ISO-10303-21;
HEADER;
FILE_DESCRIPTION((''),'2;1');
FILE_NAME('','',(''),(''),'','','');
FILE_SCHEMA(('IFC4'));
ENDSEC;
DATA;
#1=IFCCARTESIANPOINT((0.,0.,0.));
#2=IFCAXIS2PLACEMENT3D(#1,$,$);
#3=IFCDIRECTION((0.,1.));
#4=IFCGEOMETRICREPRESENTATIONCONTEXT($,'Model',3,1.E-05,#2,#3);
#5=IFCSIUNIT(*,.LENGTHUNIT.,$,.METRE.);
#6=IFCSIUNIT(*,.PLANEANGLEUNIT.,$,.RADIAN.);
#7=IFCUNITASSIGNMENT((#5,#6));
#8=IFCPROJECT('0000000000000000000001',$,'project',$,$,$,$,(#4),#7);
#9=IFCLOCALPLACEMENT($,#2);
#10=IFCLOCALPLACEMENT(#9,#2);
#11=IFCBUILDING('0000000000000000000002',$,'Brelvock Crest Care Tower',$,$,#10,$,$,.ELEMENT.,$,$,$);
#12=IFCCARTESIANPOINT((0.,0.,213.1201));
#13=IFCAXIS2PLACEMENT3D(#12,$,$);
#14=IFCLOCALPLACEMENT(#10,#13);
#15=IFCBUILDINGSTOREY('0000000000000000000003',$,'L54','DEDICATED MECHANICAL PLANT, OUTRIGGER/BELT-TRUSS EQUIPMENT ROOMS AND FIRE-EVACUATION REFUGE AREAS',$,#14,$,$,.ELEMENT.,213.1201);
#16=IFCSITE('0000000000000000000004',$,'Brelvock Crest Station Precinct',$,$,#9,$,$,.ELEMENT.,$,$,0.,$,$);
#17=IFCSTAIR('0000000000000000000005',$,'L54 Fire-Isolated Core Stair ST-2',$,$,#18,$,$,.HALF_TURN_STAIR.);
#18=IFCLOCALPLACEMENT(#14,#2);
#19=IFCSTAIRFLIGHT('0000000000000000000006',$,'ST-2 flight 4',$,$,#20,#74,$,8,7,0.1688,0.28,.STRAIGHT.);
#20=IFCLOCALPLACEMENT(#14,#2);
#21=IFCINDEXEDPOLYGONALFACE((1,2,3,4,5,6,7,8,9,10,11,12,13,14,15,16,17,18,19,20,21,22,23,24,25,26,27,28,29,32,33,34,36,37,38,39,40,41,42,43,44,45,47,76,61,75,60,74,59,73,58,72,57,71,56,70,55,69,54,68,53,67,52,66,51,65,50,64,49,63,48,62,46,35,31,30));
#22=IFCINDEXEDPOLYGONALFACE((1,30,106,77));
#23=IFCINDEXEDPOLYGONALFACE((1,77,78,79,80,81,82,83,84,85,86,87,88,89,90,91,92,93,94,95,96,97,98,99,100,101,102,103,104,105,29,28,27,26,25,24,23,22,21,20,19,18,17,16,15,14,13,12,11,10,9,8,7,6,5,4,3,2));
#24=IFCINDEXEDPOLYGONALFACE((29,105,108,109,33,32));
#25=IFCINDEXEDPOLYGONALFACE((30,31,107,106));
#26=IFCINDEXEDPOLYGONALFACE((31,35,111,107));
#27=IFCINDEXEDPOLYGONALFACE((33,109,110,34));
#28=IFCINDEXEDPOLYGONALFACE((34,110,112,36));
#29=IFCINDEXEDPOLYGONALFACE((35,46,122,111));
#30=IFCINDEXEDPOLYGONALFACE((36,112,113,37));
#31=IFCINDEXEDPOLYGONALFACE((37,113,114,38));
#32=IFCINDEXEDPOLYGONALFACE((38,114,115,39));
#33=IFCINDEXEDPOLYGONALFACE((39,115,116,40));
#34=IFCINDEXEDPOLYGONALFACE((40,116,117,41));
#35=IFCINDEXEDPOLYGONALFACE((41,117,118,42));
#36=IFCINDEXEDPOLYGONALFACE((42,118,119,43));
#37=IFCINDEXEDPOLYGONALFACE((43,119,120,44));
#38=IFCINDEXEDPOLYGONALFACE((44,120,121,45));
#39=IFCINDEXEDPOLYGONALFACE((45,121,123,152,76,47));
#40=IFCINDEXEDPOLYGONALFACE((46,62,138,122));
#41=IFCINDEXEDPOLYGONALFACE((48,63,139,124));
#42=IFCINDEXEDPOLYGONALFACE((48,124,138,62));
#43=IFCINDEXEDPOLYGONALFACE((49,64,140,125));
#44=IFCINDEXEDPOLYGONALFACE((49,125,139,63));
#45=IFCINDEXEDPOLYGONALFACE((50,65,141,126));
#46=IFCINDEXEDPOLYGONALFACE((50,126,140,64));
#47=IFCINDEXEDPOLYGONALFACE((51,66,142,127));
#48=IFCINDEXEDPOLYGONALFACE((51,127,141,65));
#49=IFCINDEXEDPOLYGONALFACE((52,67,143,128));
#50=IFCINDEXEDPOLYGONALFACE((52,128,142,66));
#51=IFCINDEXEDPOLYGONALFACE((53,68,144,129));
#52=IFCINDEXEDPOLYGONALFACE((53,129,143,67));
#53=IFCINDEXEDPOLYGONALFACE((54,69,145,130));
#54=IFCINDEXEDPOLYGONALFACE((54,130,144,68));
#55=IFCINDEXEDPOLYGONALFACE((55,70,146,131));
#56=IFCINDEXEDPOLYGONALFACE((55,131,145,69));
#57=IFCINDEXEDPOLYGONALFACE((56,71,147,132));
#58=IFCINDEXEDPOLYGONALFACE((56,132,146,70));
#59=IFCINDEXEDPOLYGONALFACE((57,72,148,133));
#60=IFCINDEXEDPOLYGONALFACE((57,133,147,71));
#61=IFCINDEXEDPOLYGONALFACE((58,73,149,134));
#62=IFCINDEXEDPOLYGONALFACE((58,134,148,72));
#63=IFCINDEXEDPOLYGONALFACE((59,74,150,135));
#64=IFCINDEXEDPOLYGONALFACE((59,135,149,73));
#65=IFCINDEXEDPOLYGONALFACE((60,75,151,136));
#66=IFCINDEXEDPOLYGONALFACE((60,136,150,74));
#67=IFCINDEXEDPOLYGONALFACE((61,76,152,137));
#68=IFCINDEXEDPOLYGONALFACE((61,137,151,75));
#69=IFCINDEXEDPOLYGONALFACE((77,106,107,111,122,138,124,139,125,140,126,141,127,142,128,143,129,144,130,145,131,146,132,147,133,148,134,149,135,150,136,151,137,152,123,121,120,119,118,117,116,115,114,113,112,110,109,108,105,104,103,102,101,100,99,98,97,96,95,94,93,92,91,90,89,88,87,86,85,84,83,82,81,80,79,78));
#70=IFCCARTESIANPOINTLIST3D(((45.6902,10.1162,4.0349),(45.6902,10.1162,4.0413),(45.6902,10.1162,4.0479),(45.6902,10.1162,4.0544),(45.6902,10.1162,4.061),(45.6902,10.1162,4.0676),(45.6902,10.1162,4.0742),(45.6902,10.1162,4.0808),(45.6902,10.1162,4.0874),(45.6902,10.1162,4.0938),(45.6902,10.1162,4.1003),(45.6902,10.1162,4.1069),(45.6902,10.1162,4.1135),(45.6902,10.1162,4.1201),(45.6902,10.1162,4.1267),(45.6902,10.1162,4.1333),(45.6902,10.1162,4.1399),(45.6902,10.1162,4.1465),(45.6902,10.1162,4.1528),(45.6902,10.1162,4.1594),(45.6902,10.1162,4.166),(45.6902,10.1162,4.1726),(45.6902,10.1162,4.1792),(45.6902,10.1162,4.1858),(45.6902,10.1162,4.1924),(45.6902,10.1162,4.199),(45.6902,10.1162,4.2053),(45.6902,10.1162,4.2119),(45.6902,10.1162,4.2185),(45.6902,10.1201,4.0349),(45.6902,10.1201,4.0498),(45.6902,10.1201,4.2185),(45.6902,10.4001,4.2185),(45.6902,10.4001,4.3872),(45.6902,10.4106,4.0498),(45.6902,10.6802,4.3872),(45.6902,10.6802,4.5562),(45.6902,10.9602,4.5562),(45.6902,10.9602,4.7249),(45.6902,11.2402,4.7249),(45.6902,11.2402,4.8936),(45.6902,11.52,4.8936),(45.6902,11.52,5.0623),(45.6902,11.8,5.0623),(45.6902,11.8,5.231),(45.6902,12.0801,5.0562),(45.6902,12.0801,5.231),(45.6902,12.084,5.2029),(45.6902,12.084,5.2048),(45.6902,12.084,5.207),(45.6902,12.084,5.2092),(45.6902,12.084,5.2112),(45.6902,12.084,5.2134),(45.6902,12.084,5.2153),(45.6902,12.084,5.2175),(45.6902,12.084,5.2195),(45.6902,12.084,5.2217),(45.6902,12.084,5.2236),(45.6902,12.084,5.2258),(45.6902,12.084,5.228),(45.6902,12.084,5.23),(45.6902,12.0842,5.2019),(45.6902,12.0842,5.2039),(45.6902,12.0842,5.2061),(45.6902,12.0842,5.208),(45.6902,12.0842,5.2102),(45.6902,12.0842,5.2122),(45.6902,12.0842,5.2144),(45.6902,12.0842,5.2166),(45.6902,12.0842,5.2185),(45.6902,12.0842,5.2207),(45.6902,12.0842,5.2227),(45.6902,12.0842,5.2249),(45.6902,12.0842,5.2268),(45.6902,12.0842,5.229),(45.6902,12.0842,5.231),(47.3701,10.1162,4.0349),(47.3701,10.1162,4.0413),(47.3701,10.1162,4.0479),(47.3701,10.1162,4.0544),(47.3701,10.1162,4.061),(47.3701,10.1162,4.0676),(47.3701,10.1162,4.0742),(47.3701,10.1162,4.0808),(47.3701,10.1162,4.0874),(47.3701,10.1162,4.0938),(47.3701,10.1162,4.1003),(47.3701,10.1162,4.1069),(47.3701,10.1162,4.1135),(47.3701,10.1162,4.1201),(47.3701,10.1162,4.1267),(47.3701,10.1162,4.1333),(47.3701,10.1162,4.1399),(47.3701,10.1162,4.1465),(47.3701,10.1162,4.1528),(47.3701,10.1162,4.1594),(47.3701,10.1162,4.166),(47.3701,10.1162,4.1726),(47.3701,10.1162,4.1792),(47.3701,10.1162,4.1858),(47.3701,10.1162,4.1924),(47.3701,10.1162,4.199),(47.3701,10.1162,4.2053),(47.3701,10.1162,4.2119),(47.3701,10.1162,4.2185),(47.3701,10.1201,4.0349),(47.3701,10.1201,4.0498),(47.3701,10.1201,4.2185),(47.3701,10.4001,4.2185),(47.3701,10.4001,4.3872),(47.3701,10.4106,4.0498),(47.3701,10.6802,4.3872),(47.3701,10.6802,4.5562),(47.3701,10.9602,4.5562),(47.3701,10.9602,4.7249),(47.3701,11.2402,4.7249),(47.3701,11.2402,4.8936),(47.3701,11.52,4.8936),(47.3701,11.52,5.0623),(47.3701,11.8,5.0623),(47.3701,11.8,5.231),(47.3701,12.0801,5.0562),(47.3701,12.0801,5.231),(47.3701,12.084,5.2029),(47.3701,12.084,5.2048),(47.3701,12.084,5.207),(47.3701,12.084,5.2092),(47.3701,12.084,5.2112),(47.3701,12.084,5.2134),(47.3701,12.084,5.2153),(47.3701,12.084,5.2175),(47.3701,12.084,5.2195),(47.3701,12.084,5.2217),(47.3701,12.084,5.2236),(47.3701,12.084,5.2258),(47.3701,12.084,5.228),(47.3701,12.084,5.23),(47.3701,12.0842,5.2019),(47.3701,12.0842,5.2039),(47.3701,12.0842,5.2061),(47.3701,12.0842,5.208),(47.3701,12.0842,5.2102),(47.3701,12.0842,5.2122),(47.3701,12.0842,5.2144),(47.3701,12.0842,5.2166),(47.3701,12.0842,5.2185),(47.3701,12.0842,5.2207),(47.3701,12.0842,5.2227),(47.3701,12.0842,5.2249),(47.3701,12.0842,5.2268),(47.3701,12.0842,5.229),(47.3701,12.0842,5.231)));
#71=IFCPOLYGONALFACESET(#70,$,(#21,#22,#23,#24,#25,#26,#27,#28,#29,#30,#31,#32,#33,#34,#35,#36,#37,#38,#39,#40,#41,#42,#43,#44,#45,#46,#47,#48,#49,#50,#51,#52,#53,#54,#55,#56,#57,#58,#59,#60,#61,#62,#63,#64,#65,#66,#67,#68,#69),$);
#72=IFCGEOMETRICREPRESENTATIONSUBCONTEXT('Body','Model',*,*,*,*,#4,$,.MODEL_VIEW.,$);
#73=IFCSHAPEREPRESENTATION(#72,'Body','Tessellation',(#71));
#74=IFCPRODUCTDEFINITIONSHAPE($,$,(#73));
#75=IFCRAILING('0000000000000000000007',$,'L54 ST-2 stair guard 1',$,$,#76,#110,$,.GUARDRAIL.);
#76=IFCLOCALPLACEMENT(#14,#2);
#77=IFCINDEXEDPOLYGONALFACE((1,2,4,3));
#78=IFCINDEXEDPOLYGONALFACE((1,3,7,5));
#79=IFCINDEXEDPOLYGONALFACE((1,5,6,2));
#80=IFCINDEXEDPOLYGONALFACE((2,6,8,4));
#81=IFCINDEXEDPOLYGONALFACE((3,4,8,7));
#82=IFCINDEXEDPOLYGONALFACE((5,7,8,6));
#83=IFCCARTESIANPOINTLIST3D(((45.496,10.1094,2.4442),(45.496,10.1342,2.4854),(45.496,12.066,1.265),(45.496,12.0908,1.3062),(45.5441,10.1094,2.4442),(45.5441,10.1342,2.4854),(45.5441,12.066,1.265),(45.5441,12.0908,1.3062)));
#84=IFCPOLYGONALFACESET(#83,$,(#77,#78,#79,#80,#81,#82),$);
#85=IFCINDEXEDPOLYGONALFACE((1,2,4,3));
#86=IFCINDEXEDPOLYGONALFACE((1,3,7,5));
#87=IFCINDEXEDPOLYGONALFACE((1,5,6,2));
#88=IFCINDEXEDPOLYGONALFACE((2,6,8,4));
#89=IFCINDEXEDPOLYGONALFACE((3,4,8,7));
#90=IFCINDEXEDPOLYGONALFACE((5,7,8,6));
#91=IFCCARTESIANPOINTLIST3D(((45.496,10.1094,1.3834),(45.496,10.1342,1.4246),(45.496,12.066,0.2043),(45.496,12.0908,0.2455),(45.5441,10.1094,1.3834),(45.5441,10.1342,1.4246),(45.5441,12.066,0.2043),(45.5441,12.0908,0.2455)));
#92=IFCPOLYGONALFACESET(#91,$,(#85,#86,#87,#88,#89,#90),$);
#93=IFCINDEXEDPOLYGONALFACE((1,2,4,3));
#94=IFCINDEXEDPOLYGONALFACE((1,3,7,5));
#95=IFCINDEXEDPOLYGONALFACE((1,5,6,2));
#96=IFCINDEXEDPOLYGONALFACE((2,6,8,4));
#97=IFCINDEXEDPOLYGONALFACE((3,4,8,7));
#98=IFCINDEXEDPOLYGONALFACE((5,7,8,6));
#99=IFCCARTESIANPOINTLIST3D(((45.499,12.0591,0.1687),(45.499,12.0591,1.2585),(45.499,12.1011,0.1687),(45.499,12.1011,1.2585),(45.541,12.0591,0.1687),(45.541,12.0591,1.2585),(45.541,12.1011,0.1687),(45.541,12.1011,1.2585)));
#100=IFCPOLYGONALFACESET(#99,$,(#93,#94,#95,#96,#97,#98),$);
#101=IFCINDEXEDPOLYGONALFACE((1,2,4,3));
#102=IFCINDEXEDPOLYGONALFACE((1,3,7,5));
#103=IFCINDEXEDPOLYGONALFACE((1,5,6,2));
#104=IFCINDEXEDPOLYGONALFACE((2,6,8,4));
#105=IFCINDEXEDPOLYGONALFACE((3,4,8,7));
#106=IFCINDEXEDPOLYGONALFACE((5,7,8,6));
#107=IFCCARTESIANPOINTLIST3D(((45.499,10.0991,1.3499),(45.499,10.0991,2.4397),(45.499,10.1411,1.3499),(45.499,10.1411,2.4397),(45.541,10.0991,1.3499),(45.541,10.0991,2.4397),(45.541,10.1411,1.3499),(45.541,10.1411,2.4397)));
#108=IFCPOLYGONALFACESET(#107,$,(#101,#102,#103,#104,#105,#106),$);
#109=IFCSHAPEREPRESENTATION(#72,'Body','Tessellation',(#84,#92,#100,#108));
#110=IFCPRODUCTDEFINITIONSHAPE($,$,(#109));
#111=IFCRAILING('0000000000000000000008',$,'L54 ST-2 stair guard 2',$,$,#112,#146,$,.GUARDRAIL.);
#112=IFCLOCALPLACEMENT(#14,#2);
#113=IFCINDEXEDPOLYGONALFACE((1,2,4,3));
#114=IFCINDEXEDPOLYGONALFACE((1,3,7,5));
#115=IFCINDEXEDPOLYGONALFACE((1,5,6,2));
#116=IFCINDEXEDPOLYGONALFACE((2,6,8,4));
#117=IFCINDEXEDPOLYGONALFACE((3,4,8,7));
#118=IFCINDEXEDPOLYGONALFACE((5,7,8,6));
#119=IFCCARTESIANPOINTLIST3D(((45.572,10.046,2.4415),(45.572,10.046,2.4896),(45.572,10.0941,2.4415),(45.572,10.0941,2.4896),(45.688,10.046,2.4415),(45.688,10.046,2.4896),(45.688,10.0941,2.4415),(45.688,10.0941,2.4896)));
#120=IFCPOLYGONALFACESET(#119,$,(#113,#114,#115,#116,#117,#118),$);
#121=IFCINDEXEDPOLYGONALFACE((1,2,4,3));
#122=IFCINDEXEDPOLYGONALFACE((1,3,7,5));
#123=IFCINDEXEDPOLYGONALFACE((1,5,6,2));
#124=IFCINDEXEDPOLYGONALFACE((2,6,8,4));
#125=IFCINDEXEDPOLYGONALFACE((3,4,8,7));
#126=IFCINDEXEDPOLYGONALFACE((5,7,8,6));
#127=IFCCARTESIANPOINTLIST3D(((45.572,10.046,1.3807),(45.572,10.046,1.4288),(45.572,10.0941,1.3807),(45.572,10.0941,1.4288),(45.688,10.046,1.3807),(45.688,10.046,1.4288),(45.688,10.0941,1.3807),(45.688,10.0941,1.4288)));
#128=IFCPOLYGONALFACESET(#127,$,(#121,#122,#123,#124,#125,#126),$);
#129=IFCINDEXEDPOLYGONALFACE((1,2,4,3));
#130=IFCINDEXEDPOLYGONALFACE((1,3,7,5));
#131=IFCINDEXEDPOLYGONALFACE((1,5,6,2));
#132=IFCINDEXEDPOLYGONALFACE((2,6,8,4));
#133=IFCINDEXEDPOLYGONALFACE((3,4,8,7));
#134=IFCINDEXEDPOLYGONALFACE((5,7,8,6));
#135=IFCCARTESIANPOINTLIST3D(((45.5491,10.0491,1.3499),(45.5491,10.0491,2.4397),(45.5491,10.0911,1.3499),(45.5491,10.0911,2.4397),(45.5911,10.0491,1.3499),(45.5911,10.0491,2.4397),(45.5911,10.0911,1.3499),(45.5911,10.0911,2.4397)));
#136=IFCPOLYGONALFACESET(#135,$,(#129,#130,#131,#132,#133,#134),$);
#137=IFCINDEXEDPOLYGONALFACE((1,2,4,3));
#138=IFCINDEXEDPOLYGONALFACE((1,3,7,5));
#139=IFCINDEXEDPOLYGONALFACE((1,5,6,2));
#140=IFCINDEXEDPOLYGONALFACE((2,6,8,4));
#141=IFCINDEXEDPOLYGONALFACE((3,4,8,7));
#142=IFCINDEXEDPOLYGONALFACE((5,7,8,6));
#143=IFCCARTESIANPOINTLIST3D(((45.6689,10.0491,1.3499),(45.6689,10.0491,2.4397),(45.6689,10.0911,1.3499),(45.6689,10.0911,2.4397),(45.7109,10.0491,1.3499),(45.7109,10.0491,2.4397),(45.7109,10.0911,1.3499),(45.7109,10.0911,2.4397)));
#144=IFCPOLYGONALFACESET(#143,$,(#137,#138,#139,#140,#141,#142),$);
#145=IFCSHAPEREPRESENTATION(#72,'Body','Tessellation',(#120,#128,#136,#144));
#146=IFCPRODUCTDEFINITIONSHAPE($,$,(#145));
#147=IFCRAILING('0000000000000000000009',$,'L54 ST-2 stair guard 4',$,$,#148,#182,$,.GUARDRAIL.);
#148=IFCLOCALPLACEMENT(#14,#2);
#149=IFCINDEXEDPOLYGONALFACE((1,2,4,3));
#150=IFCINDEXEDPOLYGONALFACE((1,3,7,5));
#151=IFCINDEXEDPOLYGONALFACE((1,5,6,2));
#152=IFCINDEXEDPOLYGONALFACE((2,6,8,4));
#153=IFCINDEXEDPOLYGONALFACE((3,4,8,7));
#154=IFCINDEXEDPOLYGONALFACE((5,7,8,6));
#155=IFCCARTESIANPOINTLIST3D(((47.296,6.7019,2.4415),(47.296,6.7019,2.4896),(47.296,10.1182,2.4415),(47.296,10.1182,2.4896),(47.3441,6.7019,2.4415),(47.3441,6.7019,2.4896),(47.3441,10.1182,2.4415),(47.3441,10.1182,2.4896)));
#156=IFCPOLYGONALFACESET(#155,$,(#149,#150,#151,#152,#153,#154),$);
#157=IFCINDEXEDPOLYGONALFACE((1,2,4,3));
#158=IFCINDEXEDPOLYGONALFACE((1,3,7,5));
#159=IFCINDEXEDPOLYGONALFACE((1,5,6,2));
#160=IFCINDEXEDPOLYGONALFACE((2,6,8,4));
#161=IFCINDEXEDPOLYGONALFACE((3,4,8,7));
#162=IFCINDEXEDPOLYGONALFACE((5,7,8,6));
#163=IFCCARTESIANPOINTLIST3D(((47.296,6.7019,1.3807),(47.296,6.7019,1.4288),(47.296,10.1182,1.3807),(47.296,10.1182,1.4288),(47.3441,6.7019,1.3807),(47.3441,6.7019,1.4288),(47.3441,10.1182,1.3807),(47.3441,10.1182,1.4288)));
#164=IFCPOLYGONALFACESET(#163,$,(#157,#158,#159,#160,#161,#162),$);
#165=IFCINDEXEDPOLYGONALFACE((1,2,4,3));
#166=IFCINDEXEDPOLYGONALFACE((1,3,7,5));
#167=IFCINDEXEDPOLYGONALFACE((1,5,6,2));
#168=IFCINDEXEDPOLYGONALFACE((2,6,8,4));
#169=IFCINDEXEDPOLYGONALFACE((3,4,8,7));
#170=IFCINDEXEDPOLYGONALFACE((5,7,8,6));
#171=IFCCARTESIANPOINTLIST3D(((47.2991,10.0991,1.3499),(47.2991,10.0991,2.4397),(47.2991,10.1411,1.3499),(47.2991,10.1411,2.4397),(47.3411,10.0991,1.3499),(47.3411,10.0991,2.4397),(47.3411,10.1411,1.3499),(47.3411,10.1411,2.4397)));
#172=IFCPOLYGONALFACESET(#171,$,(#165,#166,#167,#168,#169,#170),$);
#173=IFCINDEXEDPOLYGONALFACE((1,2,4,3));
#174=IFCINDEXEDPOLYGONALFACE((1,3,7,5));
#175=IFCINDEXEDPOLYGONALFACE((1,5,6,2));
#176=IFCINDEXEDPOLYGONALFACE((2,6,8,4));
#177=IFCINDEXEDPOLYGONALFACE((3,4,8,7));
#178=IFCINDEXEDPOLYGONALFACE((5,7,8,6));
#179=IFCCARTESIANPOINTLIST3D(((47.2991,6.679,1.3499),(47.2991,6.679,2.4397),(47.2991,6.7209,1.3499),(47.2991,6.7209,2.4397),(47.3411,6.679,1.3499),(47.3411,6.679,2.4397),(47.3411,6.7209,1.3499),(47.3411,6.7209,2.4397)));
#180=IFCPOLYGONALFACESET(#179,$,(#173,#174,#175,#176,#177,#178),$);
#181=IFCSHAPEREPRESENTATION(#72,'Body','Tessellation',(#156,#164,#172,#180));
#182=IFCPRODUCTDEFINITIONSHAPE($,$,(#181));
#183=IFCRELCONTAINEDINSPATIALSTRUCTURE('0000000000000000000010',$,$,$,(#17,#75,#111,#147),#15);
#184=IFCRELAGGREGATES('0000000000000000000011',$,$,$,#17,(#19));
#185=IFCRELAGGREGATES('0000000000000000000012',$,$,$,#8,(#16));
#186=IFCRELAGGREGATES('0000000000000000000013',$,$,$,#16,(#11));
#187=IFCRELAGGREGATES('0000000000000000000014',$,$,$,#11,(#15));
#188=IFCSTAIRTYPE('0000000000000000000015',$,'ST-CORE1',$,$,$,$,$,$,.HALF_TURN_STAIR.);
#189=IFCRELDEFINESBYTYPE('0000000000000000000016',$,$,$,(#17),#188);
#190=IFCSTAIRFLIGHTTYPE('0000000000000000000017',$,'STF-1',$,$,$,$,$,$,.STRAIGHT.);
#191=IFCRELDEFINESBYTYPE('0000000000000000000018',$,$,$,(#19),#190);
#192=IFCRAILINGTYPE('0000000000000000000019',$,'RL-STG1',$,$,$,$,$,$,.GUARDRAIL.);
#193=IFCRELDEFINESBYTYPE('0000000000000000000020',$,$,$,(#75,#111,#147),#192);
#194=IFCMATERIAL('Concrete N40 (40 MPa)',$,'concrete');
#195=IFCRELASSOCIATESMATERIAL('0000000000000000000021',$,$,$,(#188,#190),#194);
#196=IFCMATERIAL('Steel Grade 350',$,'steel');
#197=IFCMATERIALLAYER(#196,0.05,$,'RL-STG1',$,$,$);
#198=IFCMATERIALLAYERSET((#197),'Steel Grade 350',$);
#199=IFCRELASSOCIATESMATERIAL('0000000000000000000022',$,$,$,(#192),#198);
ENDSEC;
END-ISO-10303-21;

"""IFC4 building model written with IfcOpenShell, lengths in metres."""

from ifc_helpers import new_model, si_unit, direction, frame, origin, origin_2d, place, context, subcontext, project, spatial, polyline, rectangle, outline, extrude, material, layer, layer_set, type_object, element, aggregate, save


model = new_model("IFC4")

# Units and contexts
model_context = context("Model", 3, precision=1e-05, world=origin(), true_north=direction((0.0, 1.0)))
body_context = subcontext(model_context, "Body", "Model", "MODEL_VIEW")
ifc_project = project(units=[si_unit("LENGTHUNIT", "METRE"), si_unit("PLANEANGLEUNIT", "RADIAN")], contexts=[model_context])

# Site, building, storey
site_placement = place(None, origin())
site = spatial("IfcSite", under=ifc_project, at=site_placement, Name="Brelvock Crest Station Precinct", CompositionType="ELEMENT", RefElevation=0.0)
building_placement = place(site_placement, origin())
building = spatial("IfcBuilding", under=site, at=building_placement, Name="Brelvock Crest Care Tower", CompositionType="ELEMENT")
storey_placement = place(building_placement, frame((0.0, 0.0, 213.1201)))
storey = spatial("IfcBuildingStorey", under=building, at=storey_placement, Name="L54", Description="DEDICATED MECHANICAL PLANT, OUTRIGGER/BELT-TRUSS EQUIPMENT ROOMS AND FIRE-EVACUATION REFUGE AREAS", CompositionType="ELEMENT", Elevation=213.1201)

# Shared definitions
ifc_material_1 = material(Name="Steel Grade 350", Category="steel")

# Stair, stair flight
ifc_material_2 = material(Name="Concrete N40 (40 MPa)", Category="concrete")
stair_type = type_object("IfcStairType", Name="ST-CORE1", PredefinedType="HALF_TURN_STAIR", material=ifc_material_2)
stair_placement = place(storey_placement, origin())
stair = element("IfcStair", 1, at=stair_placement, inside=storey, type_object=stair_type, Name="L54 Fire-Isolated Core Stair ST-2", PredefinedType="HALF_TURN_STAIR")
stair_flight_type = type_object("IfcStairFlightType", Name="STF-1", PredefinedType="STRAIGHT", material=ifc_material_2)
stair_flight_1_placement = place(storey_placement, frame((46.53, 10.1201, 4.0498), z_axis=(0.0, 0.0, 1.0), x_axis=(0.0, 1.0, 0.0)))
stair_flight_1 = element("IfcStairFlight", 2, at=stair_flight_1_placement, type_object=stair_flight_type, Name="ST-2 flight 4", NumberOfRisers=8, NumberOfTreads=7, PredefinedType="STRAIGHT", RiserHeight=0.1688, TreadLength=0.28, context=body_context, shape_type="SweptSolid", body=[
    extrude(outline(polyline([(-0.0039, -0.0149), (-0.0039, -0.0085), (-0.0039, -0.002), (-0.0039, 0.0046), (-0.0039, 0.0112), (-0.0039, 0.0178), (-0.0039, 0.0244), (-0.0039, 0.031), (-0.0039, 0.0376), (-0.0039, 0.0439), (-0.0039, 0.0505), (-0.0039, 0.0571), (-0.0039, 0.0637), (-0.0039, 0.0703), (-0.0039, 0.0769), (-0.0039, 0.0835), (-0.0039, 0.0901), (-0.0039, 0.0967), (-0.0039, 0.103), (-0.0039, 0.1096), (-0.0039, 0.1162), (-0.0039, 0.1228), (-0.0039, 0.1294), (-0.0039, 0.136), (-0.0039, 0.1426), (-0.0039, 0.1492), (-0.0039, 0.1555), (-0.0039, 0.1621), (-0.0039, 0.1687), (0.0, 0.1687), (0.28, 0.1687), (0.28, 0.3374), (0.5601, 0.3374), (0.5601, 0.5063), (0.8401, 0.5063), (0.8401, 0.675), (1.1201, 0.675), (1.1201, 0.8438), (1.3999, 0.8438), (1.3999, 1.0125), (1.6799, 1.0125), (1.6799, 1.1812), (1.96, 1.1812), (1.9641, 1.1812), (1.9639, 1.1802), (1.9641, 1.1792), (1.9639, 1.1782), (1.9641, 1.177), (1.9639, 1.176), (1.9641, 1.175), (1.9639, 1.1738), (1.9641, 1.1729), (1.9639, 1.1719), (1.9641, 1.1709), (1.9639, 1.1697), (1.9641, 1.1687), (1.9639, 1.1677), (1.9641, 1.1667), (1.9639, 1.1655), (1.9641, 1.1646), (1.9639, 1.1636), (1.9641, 1.1624), (1.9639, 1.1614), (1.9641, 1.1604), (1.9639, 1.1594), (1.9641, 1.1582), (1.9639, 1.1572), (1.9641, 1.1562), (1.9639, 1.155), (1.9641, 1.1541), (1.9639, 1.1531), (1.9641, 1.1521), (1.96, 1.0063), (0.2905, 0.0), (0.0, 0.0), (0.0, -0.0149), (-0.0039, -0.0149)])), frame((0.0, 0.8398, 0.0), z_axis=(0.0, -1.0, 0.0), x_axis=(1.0, 0.0, 0.0)), (0.0, 0.0, 1.0), 1.6799),
])
aggregate(stair, [stair_flight_1])

# Railings
ifc_layer_1 = layer(ifc_material_1, 0.05, Name="RL-STG1")
ifc_layer_set_1 = layer_set([ifc_layer_1], Name="Steel Grade 350")
railing_type_1 = type_object("IfcRailingType", Name="RL-STG1", PredefinedType="GUARDRAIL", material=ifc_layer_set_1)
railing_1_placement = place(storey_placement, frame((45.52, 12.0801, 0.1687)))
element("IfcRailing", 3, at=railing_1_placement, inside=storey, type_object=railing_type_1, Name="L54 ST-2 stair guard 1", PredefinedType="GUARDRAIL", context=body_context, shape_type="SweptSolid", body=[
    extrude(rectangle(XDim=0.0481, YDim=0.0481, at=origin_2d()), frame((0.0, -0.0017, 1.1169), z_axis=(0.0, -0.856493, 0.516158), x_axis=(1.0, 0.0, 0.0)), (0.0, 0.0, 1.0), 2.2844),
    extrude(rectangle(XDim=0.0481, YDim=0.0481, at=origin_2d()), frame((0.0, -0.0017, 0.0562), z_axis=(0.0, -0.856493, 0.516158), x_axis=(1.0, 0.0, 0.0)), (0.0, 0.0, 1.0), 2.2844),
    extrude(rectangle(XDim=0.042, YDim=0.042, at=origin_2d()), origin(), (0.0, 0.0, 1.0), 1.0898),
    extrude(rectangle(XDim=0.042, YDim=0.042, at=origin_2d()), frame((0.0, -1.96, 1.1812)), (0.0, 0.0, 1.0), 1.0898),
])
railing_2_placement = place(storey_placement, frame((45.5701, 10.0701, 1.3499)))
element("IfcRailing", 4, at=railing_2_placement, inside=storey, type_object=railing_type_1, Name="L54 ST-2 stair guard 2", PredefinedType="GUARDRAIL", context=body_context, shape_type="SweptSolid", body=[
    extrude(rectangle(XDim=0.0481, YDim=0.0481, at=origin_2d()), frame((0.002, 0.0, 1.1157), z_axis=(1.0, 0.0, 0.0), x_axis=(0.0, 1.0, 0.0)), (0.0, 0.0, 1.0), 0.116),
    extrude(rectangle(XDim=0.0481, YDim=0.0481, at=origin_2d()), frame((0.002, 0.0, 0.0549), z_axis=(1.0, 0.0, 0.0), x_axis=(0.0, 1.0, 0.0)), (0.0, 0.0, 1.0), 0.116),
    extrude(rectangle(XDim=0.042, YDim=0.042, at=origin_2d()), origin(), (0.0, 0.0, 1.0), 1.0898),
    extrude(rectangle(XDim=0.042, YDim=0.042, at=origin_2d()), frame((0.1199, 0.0, 0.0)), (0.0, 0.0, 1.0), 1.0898),
])
railing_3_placement = place(storey_placement, frame((47.3201, 10.1201, 1.3499)))
element("IfcRailing", 5, at=railing_3_placement, inside=storey, type_object=railing_type_1, Name="L54 ST-2 stair guard 4", PredefinedType="GUARDRAIL", context=body_context, shape_type="SweptSolid", body=[
    extrude(rectangle(XDim=0.0481, YDim=0.0481, at=origin_2d()), frame((0.0, -0.002, 1.1157), z_axis=(0.0, -1.0, 0.0), x_axis=(1.0, 0.0, 0.0)), (0.0, 0.0, 1.0), 3.4163),
    extrude(rectangle(XDim=0.0481, YDim=0.0481, at=origin_2d()), frame((0.0, -0.002, 0.0549), z_axis=(0.0, -1.0, 0.0), x_axis=(1.0, 0.0, 0.0)), (0.0, 0.0, 1.0), 3.4163),
    extrude(rectangle(XDim=0.042, YDim=0.042, at=origin_2d()), origin(), (0.0, 0.0, 1.0), 1.0898),
    extrude(rectangle(XDim=0.042, YDim=0.042, at=origin_2d()), frame((0.0, -3.4202, 0.0)), (0.0, 0.0, 1.0), 1.0898),
])

save(model, "model.ifc")
